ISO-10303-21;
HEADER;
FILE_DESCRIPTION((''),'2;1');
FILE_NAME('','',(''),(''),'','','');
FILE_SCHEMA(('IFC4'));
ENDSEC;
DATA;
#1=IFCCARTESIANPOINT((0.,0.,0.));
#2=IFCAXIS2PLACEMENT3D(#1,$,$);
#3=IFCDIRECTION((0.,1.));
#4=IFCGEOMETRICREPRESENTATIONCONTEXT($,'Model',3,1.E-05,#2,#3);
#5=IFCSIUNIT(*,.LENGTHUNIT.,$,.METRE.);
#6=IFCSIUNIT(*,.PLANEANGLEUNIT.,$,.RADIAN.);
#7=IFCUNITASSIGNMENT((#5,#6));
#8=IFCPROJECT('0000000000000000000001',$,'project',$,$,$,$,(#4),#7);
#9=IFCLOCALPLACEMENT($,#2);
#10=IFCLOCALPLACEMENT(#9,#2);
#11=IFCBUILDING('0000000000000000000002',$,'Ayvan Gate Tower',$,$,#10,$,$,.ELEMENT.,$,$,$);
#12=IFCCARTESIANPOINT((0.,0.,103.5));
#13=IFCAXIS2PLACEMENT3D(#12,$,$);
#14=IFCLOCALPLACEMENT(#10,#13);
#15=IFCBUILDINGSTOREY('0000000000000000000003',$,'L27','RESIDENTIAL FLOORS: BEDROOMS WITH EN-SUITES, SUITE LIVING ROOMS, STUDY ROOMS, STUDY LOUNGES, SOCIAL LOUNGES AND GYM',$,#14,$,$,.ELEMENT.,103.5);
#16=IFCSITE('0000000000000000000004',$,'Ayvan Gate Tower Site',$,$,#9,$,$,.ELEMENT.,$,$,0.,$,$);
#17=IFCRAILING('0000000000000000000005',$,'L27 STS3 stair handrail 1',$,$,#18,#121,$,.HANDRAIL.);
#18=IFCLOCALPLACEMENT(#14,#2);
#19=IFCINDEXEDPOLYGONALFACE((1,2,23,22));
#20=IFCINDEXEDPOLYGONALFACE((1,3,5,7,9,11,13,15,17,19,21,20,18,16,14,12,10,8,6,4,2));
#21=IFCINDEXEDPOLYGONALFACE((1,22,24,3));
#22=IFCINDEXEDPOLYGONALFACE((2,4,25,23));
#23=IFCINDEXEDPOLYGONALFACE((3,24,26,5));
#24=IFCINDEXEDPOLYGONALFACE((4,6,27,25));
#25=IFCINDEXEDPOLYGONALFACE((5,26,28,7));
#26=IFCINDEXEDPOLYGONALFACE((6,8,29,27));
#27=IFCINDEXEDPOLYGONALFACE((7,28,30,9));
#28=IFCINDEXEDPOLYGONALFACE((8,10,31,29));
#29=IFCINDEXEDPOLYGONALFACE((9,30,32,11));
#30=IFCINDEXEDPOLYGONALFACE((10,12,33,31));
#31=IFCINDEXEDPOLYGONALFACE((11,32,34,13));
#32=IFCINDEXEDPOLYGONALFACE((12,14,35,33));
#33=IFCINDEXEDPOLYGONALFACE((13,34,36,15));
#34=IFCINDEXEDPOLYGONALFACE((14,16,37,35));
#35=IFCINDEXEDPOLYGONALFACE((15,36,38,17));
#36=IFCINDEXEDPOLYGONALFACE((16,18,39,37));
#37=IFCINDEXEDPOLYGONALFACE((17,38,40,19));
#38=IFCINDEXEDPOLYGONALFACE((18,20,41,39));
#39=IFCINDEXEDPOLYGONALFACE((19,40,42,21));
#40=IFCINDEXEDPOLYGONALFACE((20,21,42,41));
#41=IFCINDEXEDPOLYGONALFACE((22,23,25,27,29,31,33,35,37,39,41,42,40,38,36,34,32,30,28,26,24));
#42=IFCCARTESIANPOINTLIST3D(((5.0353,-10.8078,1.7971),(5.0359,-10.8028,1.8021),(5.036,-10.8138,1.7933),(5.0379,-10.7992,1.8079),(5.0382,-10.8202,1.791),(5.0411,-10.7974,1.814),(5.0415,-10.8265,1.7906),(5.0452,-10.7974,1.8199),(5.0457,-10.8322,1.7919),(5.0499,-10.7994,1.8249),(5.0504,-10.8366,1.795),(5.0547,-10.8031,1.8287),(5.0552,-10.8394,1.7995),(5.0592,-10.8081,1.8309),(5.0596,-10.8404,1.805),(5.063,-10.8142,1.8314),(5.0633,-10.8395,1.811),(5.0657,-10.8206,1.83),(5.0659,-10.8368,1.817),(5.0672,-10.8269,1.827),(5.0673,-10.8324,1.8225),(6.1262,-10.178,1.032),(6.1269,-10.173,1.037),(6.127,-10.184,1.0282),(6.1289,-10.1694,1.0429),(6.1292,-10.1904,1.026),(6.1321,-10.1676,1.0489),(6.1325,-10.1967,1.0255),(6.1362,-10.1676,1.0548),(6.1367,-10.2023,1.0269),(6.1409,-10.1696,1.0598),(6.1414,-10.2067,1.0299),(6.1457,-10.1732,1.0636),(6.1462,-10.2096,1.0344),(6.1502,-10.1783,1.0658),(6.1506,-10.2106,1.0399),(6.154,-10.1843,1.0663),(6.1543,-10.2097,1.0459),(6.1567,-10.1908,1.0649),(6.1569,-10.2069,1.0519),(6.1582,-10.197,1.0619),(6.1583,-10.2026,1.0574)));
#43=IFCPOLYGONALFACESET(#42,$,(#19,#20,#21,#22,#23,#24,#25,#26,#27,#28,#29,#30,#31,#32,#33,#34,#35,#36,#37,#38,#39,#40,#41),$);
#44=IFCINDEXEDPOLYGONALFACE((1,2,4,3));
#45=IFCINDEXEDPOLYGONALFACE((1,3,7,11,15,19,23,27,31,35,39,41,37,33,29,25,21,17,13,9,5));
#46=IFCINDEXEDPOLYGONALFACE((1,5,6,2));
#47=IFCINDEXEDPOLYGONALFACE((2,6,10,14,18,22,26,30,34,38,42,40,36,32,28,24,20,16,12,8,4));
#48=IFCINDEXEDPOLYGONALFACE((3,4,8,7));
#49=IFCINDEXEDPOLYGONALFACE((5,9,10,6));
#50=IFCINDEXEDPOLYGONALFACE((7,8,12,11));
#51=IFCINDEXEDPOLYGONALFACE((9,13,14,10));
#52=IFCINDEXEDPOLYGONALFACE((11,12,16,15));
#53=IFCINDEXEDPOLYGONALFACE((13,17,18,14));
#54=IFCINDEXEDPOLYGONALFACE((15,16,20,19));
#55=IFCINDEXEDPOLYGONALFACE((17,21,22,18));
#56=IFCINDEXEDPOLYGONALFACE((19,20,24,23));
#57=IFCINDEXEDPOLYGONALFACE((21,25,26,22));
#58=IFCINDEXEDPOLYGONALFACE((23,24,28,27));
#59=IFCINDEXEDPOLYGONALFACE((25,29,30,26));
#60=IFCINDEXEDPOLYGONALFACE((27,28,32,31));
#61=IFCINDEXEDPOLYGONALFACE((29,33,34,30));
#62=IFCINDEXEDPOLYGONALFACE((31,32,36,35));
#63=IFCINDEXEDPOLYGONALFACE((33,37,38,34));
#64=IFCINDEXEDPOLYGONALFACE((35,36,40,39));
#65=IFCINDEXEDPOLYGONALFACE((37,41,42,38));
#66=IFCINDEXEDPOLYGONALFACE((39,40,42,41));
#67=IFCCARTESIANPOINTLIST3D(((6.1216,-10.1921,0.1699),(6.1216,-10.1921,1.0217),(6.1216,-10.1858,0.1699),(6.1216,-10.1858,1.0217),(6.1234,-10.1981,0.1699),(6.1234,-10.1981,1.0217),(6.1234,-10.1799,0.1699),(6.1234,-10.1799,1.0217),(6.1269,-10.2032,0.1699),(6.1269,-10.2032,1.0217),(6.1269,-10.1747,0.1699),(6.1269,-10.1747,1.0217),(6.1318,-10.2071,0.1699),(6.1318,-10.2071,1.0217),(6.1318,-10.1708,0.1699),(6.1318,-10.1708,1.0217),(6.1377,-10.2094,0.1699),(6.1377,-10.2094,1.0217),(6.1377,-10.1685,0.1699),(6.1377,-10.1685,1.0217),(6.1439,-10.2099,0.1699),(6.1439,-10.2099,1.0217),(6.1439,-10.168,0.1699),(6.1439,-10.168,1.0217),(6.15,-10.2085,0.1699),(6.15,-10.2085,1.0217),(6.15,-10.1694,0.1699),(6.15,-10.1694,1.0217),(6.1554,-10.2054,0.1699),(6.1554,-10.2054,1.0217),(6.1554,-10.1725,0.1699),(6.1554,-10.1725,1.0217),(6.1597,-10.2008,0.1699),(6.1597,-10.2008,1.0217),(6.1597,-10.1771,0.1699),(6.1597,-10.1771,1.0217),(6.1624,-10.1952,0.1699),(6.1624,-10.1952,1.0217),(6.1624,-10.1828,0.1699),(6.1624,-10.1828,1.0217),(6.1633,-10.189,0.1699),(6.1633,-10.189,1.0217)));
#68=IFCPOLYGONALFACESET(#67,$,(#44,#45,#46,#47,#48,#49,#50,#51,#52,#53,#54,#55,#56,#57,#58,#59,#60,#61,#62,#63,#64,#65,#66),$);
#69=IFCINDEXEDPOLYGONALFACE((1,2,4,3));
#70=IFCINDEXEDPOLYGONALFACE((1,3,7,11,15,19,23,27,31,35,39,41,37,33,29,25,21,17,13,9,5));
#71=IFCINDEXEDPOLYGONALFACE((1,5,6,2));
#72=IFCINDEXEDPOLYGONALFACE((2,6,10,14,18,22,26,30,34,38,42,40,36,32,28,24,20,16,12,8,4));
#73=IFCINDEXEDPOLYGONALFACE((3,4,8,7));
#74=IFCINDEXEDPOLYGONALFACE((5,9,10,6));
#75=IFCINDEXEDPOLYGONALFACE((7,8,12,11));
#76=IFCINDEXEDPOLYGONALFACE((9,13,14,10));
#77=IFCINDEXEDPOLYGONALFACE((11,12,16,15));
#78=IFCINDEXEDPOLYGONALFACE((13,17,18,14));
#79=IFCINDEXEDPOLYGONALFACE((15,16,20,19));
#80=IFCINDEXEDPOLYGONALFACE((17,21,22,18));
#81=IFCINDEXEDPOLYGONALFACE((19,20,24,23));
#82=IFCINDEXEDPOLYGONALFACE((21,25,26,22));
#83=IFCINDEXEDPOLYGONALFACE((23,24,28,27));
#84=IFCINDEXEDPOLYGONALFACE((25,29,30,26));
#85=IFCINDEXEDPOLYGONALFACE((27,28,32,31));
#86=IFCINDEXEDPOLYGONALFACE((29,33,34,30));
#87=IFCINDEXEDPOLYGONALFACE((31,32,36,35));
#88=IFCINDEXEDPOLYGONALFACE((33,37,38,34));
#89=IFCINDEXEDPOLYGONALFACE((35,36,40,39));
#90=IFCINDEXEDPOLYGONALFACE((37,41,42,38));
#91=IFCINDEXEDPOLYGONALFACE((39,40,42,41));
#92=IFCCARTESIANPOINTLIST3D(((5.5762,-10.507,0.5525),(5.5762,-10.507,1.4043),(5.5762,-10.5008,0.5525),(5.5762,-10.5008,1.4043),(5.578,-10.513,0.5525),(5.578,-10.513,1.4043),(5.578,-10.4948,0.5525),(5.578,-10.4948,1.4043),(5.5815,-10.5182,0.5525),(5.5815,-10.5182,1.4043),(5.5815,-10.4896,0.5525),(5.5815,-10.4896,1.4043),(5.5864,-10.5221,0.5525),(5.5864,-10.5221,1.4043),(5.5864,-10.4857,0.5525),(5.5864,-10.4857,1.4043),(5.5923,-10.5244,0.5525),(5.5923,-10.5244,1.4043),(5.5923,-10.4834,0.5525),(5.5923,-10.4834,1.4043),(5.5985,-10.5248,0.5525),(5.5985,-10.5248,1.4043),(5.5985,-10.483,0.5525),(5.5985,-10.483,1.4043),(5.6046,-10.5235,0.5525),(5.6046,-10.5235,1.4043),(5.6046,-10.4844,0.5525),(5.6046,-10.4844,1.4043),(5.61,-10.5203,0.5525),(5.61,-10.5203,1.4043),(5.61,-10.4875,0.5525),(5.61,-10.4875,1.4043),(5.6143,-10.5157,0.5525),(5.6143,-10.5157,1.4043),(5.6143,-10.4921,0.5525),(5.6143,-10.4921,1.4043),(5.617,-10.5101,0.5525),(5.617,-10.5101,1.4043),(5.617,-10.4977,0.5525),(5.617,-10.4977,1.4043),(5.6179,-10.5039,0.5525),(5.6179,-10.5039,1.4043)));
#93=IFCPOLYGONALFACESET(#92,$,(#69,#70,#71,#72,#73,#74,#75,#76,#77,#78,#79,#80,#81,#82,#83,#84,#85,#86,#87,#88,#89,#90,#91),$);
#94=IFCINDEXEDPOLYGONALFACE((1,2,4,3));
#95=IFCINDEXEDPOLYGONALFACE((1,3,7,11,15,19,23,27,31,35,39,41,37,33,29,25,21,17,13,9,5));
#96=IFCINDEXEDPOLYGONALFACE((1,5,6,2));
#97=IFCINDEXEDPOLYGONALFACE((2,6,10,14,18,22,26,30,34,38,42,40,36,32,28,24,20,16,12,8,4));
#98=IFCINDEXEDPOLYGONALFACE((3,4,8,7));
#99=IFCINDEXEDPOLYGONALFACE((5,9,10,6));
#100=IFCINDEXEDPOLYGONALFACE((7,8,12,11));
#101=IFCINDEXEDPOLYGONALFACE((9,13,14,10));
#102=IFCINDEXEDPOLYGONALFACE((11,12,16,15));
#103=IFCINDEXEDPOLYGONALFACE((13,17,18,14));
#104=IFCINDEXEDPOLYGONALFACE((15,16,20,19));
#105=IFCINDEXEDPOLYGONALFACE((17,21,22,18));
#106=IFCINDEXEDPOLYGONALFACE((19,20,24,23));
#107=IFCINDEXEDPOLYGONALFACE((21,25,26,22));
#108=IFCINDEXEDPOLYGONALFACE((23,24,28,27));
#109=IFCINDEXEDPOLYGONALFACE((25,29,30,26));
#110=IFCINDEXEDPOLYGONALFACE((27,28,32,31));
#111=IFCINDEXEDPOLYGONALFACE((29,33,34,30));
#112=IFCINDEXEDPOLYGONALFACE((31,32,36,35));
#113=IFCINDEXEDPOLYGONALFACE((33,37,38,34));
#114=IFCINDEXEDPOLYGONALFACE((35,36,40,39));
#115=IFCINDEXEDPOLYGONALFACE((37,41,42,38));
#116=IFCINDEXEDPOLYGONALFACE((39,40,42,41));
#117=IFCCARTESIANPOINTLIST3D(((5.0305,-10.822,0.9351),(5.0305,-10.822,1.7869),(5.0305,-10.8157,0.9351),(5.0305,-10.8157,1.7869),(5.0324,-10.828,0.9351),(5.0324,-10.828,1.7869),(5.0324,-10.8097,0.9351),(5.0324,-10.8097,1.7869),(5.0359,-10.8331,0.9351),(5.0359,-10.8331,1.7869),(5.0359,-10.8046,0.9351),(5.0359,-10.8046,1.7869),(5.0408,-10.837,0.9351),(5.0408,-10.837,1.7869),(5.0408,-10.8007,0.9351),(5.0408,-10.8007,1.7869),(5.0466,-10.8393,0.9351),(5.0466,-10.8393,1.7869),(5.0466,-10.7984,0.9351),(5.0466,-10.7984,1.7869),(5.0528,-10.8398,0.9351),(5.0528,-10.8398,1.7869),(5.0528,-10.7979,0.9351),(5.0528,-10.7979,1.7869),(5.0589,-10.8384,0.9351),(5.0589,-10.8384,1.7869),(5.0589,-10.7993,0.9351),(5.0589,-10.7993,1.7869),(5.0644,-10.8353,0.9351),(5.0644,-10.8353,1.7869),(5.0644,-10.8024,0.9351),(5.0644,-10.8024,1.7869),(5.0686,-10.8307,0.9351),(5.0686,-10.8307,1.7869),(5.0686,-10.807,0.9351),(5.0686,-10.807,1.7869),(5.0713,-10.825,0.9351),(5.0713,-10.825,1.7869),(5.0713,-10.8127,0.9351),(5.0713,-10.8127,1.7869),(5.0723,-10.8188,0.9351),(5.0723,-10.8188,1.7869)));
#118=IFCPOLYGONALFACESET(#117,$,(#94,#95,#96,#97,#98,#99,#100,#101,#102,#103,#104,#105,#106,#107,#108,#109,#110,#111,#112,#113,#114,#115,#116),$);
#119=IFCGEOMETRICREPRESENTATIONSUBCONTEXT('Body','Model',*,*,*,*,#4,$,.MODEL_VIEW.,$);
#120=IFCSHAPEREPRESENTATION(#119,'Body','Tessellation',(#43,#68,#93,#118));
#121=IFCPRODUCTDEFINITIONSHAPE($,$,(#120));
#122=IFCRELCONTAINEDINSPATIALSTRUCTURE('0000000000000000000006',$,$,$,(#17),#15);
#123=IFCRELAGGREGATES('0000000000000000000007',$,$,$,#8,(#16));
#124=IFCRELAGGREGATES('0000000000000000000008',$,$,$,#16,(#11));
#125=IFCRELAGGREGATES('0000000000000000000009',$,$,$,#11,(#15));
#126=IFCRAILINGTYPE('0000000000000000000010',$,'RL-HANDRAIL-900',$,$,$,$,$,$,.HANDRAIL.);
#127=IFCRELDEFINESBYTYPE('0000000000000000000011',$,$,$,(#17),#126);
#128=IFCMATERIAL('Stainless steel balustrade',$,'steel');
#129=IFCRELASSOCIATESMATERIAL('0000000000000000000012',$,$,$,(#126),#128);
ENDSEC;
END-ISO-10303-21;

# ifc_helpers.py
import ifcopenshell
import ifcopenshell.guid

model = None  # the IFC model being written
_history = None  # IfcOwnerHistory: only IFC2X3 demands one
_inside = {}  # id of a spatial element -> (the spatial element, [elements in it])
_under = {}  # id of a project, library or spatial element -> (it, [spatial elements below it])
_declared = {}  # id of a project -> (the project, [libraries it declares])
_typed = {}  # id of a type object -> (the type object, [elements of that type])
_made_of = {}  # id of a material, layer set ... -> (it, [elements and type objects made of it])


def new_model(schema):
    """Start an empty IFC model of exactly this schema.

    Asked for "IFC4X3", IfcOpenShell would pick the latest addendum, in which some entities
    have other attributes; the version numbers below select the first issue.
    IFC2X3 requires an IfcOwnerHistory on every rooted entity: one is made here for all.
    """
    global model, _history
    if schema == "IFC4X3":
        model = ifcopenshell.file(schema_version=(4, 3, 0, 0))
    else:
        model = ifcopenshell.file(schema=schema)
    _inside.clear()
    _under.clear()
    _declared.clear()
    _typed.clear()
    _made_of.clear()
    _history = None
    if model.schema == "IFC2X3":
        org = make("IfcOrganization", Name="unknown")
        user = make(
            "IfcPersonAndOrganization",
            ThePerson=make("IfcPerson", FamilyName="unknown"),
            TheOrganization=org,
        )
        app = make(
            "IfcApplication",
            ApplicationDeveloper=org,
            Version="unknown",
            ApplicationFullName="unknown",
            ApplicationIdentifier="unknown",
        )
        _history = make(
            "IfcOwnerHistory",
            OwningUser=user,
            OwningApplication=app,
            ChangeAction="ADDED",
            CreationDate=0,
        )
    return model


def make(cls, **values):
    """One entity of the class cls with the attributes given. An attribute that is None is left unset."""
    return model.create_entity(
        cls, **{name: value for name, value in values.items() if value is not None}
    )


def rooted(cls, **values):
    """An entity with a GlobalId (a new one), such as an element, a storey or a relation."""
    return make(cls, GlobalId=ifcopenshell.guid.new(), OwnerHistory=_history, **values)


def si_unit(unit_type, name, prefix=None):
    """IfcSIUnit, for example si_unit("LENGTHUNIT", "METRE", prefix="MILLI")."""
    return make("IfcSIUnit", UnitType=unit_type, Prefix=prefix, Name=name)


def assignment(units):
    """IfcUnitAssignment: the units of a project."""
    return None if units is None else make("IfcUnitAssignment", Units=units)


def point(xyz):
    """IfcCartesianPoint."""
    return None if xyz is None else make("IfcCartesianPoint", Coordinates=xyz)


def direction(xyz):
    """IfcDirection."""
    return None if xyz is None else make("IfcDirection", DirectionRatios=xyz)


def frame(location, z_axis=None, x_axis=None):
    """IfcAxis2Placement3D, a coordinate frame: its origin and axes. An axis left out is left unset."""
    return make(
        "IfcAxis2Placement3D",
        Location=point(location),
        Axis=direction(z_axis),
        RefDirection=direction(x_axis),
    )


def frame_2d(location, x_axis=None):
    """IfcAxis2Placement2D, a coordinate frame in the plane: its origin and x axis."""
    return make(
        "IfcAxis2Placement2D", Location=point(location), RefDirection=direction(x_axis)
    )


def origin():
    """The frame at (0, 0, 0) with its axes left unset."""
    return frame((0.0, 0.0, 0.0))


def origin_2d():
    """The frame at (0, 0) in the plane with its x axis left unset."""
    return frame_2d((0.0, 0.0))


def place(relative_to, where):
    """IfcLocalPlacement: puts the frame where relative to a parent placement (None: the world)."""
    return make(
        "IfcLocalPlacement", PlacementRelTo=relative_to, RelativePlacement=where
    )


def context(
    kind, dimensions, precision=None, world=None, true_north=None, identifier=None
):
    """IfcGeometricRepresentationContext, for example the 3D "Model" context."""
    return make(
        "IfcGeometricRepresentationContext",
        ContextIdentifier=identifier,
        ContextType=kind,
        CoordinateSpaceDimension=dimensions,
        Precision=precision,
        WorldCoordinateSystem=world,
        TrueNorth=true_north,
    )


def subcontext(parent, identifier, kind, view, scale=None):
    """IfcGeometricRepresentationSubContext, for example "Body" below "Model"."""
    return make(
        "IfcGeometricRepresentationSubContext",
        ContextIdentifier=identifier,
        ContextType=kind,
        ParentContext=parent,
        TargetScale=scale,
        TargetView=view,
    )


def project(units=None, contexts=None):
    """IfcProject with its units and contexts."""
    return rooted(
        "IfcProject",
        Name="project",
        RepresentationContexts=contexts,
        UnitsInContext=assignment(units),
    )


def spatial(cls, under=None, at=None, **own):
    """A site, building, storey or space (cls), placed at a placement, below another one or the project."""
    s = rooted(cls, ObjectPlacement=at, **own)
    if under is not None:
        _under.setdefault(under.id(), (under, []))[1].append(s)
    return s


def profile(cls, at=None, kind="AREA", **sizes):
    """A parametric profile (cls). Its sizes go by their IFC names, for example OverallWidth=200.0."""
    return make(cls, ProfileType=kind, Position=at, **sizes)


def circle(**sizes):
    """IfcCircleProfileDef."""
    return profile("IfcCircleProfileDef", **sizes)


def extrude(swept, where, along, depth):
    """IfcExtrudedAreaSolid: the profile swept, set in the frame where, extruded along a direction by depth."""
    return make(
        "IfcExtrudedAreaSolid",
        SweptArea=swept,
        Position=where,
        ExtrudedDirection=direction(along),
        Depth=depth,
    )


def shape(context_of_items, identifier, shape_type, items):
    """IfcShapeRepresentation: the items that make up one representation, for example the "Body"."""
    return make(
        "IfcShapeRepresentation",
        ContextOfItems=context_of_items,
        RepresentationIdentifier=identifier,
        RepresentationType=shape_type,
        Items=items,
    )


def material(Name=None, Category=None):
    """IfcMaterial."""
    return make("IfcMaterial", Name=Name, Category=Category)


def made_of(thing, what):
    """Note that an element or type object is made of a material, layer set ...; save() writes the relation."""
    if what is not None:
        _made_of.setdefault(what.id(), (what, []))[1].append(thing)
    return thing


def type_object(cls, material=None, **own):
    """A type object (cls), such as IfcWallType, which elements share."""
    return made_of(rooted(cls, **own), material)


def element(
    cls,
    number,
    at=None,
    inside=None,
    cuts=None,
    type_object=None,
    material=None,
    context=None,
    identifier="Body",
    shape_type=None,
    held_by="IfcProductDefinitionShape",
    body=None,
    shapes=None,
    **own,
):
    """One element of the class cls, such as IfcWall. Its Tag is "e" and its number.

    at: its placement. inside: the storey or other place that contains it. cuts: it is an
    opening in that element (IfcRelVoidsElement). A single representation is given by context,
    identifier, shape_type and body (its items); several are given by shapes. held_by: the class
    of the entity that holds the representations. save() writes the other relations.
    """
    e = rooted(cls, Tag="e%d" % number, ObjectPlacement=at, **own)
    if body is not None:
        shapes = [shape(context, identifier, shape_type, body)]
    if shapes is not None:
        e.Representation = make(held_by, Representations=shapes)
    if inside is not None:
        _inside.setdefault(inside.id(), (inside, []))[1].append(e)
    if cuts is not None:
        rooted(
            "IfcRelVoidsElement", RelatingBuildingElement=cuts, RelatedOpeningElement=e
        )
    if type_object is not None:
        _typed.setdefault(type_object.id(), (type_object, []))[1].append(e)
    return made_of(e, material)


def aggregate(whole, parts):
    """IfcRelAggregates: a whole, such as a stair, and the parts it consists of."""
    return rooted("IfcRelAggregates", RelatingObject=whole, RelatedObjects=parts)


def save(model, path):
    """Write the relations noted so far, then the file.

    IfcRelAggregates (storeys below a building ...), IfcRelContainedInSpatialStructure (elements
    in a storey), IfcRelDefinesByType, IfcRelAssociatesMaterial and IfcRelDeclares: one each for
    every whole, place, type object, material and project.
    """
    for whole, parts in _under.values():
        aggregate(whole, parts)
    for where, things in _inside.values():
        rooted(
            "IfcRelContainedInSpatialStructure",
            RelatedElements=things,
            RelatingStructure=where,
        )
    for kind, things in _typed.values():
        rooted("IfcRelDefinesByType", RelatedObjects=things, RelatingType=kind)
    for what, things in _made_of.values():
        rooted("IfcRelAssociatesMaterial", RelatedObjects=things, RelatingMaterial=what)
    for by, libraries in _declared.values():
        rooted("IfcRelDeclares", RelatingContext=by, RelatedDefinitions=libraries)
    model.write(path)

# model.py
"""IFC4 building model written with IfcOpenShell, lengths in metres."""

from ifc_helpers import new_model, si_unit, direction, frame, origin, origin_2d, place, context, subcontext, project, spatial, circle, extrude, material, type_object, element, save


model = new_model("IFC4")

# Units and contexts
model_context = context("Model", 3, precision=1e-05, world=origin(), true_north=direction((0.0, 1.0)))
body_context = subcontext(model_context, "Body", "Model", "MODEL_VIEW")
ifc_project = project(units=[si_unit("LENGTHUNIT", "METRE"), si_unit("PLANEANGLEUNIT", "RADIAN")], contexts=[model_context])

# Site, building, storey
site_placement = place(None, origin())
site = spatial("IfcSite", under=ifc_project, at=site_placement, Name="Ayvan Gate Tower Site", CompositionType="ELEMENT", RefElevation=0.0)
building_placement = place(site_placement, origin())
building = spatial("IfcBuilding", under=site, at=building_placement, Name="Ayvan Gate Tower", CompositionType="ELEMENT")
storey_placement = place(building_placement, frame((0.0, 0.0, 103.5)))
storey = spatial("IfcBuildingStorey", under=building, at=storey_placement, Name="L27", Description="RESIDENTIAL FLOORS: BEDROOMS WITH EN-SUITES, SUITE LIVING ROOMS, STUDY ROOMS, STUDY LOUNGES, SOCIAL LOUNGES AND GYM", CompositionType="ELEMENT", Elevation=103.5)

# Railing
ifc_material_1 = material(Name="Stainless steel balustrade", Category="steel")
railing_type_1 = type_object("IfcRailingType", Name="RL-HANDRAIL-900", PredefinedType="HANDRAIL", material=ifc_material_1)
railing_1_placement = place(storey_placement, frame((6.1423, -10.189, 0.1699)))
element("IfcRailing", 1, at=railing_1_placement, inside=storey, type_object=railing_type_1, Name="L27 STS3 stair handrail 1", PredefinedType="HANDRAIL", context=body_context, shape_type="SweptSolid", body=[
    extrude(circle(Radius=0.0239, at=origin_2d()), frame((0.0, 0.0, 0.876), z_axis=(-0.740218, -0.427336, 0.519097), x_axis=(0.499974, -0.86604, 0.0)), (0.0, 0.0, 1.0), 1.4739),
    extrude(circle(Radius=0.021, at=origin_2d()), origin(), (0.0, 0.0, 1.0), 0.8518),
    extrude(circle(Radius=0.021, at=origin_2d()), frame((-0.5454, -0.3149, 0.3826)), (0.0, 0.0, 1.0), 0.8518),
    extrude(circle(Radius=0.021, at=origin_2d()), frame((-1.0911, -0.6299, 0.7651)), (0.0, 0.0, 1.0), 0.8518),
])

save(model, "model.ifc")
